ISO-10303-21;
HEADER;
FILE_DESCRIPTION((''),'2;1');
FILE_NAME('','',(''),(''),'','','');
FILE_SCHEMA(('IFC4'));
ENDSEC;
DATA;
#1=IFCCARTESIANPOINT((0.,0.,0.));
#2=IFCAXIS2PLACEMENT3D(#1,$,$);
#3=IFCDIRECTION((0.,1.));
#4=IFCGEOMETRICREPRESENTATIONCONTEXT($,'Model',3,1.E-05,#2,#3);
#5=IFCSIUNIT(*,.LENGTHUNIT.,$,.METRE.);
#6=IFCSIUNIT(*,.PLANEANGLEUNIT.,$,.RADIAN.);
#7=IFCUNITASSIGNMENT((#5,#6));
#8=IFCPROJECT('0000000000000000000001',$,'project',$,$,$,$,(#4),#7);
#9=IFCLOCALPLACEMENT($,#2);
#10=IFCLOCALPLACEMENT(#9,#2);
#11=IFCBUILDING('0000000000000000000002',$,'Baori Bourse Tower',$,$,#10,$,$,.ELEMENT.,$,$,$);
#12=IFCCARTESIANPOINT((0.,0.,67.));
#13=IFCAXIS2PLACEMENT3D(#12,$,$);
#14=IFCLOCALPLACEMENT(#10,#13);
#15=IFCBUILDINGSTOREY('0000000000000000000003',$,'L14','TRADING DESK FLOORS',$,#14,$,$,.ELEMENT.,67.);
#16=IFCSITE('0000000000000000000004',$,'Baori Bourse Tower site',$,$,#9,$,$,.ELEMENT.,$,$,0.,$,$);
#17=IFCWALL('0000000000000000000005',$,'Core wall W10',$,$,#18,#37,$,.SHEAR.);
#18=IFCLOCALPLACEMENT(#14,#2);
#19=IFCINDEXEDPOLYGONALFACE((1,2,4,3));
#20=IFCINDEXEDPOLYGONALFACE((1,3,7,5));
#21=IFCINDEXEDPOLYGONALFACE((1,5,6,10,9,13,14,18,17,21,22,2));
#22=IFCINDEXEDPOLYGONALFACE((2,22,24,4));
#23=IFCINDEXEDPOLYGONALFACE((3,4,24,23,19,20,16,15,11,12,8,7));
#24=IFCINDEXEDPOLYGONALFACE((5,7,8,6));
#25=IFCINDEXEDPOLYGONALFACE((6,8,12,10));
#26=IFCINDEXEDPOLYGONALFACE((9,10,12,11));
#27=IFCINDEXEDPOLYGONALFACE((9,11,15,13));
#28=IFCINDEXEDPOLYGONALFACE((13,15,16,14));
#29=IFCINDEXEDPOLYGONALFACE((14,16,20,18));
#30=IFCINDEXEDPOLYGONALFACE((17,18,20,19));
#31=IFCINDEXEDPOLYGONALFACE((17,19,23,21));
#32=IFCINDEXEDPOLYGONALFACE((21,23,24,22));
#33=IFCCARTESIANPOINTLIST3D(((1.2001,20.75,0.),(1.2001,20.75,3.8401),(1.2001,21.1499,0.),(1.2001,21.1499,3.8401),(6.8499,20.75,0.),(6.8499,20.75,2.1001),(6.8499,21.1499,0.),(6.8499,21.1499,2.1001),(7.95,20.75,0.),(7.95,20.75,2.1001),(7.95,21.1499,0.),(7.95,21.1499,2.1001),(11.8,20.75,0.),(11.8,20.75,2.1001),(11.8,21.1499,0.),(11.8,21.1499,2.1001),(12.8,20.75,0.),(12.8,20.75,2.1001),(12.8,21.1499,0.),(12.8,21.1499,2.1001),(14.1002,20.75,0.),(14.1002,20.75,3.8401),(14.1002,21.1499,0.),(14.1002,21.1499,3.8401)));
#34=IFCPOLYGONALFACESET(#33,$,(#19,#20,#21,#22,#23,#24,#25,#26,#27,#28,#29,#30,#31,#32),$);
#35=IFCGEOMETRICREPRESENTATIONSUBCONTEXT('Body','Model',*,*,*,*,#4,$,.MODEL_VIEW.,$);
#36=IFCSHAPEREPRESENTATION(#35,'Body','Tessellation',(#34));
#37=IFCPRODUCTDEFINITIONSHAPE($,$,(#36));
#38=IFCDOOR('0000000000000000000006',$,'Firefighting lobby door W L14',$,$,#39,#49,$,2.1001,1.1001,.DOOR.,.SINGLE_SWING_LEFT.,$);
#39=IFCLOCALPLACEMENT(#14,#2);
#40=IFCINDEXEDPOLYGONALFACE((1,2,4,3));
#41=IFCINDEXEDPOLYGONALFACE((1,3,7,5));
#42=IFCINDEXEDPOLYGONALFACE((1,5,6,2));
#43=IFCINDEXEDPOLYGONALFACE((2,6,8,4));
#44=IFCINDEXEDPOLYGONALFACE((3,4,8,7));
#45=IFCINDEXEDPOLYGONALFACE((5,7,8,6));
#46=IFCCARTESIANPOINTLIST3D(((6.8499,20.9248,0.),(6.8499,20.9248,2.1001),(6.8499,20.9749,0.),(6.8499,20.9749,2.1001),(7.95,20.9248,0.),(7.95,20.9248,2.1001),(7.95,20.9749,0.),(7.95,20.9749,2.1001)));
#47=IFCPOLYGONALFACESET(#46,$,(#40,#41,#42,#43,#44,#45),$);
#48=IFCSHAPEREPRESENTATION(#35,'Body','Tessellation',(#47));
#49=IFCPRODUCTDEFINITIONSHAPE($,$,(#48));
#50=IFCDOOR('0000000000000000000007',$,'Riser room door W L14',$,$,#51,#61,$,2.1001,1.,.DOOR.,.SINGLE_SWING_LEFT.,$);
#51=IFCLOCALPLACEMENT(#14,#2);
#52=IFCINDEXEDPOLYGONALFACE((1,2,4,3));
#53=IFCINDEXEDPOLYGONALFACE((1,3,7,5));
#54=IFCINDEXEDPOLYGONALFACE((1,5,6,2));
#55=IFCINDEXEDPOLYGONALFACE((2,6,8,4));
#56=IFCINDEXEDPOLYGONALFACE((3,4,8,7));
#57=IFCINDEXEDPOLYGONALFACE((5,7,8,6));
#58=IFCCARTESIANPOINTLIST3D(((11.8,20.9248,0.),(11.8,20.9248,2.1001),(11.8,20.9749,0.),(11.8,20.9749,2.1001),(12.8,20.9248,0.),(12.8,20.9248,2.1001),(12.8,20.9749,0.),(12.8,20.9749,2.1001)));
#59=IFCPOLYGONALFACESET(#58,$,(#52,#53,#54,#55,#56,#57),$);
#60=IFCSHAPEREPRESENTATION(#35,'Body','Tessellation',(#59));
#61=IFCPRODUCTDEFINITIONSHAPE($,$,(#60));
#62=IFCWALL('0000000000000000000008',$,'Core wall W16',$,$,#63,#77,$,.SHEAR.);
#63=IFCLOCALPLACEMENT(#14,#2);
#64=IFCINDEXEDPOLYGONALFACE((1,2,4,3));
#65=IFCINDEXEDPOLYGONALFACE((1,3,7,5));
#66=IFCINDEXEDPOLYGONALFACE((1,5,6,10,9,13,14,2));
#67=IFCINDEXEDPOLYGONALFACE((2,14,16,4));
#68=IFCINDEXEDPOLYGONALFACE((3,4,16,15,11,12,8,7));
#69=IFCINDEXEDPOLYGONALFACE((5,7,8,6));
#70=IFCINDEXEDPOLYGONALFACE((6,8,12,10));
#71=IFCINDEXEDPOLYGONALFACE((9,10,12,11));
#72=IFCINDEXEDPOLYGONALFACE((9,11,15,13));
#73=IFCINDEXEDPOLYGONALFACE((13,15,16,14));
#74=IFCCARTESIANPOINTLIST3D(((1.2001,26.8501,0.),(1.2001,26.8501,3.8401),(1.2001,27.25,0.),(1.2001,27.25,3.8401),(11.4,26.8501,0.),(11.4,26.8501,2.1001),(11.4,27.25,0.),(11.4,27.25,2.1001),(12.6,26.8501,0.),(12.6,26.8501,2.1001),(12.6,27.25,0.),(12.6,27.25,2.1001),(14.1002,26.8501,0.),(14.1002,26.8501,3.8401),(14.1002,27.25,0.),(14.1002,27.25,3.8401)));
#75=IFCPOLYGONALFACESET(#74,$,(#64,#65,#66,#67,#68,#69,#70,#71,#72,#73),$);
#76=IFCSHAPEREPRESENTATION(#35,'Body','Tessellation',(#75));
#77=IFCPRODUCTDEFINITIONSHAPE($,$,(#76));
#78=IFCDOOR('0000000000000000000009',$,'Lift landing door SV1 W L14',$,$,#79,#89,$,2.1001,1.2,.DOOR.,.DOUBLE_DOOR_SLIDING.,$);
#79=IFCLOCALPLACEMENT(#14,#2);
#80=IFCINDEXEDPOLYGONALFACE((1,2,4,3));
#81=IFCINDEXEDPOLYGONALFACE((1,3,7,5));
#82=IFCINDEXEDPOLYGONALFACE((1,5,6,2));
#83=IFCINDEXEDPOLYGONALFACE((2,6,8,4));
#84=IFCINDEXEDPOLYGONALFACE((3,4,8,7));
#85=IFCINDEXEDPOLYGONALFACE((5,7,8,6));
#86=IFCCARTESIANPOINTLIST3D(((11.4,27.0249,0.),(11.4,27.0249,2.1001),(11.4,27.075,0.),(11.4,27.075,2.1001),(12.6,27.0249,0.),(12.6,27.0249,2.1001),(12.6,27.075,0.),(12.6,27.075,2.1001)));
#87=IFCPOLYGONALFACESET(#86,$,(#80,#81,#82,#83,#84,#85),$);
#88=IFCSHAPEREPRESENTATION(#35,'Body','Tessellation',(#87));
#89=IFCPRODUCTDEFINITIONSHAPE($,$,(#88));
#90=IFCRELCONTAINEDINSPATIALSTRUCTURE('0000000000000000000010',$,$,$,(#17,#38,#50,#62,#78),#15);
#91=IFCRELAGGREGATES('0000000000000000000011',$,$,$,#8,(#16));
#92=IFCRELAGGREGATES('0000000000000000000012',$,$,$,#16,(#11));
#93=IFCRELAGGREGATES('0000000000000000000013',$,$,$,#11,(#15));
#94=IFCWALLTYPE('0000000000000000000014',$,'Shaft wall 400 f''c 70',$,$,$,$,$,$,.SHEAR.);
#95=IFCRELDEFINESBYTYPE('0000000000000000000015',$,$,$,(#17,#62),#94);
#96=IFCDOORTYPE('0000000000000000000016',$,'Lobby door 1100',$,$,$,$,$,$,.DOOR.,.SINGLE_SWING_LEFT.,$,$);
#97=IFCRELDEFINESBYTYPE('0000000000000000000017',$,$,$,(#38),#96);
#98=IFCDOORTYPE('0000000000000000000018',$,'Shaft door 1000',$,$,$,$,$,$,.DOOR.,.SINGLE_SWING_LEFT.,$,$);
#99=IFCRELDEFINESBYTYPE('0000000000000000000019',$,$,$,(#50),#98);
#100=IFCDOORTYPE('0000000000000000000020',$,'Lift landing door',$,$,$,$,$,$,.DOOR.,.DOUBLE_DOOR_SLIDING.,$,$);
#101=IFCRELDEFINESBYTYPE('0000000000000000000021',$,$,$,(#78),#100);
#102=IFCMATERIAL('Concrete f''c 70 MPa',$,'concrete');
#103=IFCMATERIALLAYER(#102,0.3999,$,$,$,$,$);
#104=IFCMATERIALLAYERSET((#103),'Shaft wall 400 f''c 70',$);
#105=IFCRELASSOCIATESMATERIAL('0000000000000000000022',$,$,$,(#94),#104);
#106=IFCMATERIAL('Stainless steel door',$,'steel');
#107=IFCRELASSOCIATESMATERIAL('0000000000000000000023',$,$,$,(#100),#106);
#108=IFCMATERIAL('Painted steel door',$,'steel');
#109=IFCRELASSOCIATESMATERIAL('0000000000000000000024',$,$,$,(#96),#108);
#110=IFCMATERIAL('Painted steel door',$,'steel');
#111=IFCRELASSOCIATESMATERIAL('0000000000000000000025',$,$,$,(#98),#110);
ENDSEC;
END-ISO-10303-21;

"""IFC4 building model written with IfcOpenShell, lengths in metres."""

from ifc_helpers import new_model, si_unit, direction, frame, frame_2d, origin, place, context, subcontext, project, spatial, rectangle, extrude, material, layer, layer_set, type_object, element, fill, save


model = new_model("IFC4")

# Units and contexts
model_context = context("Model", 3, precision=1e-05, world=origin(), true_north=direction((0.0, 1.0)))
body_context = subcontext(model_context, "Body", "Model", "MODEL_VIEW")
ifc_project = project(units=[si_unit("LENGTHUNIT", "METRE"), si_unit("PLANEANGLEUNIT", "RADIAN")], contexts=[model_context])

# Site, building, storey
site_placement = place(None, origin())
site = spatial("IfcSite", under=ifc_project, at=site_placement, Name="Baori Bourse Tower site", CompositionType="ELEMENT", RefElevation=0.0)
building_placement = place(site_placement, origin())
building = spatial("IfcBuilding", under=site, at=building_placement, Name="Baori Bourse Tower", CompositionType="ELEMENT")
storey_placement = place(building_placement, frame((0.0, 0.0, 67.0)))
storey = spatial("IfcBuildingStorey", under=building, at=storey_placement, Name="L14", Description="TRADING DESK FLOORS", CompositionType="ELEMENT", Elevation=67.0)

# Shared definitions
ifc_material_1 = material(Name="Concrete f'c 70 MPa", Category="concrete")
ifc_layer_1 = layer(ifc_material_1, 0.3999)
ifc_layer_set_1 = layer_set([ifc_layer_1], Name="Shaft wall 400 f'c 70")
wall_type_1 = type_object("IfcWallType", Name="Shaft wall 400 f'c 70", PredefinedType="SHEAR", material=ifc_layer_set_1)

# Wall, openings, doors
ifc_material_2 = material(Name="Stainless steel door", Category="steel")
door_type_1 = type_object("IfcDoorType", Name="Lift landing door", OperationType="DOUBLE_DOOR_SLIDING", PredefinedType="DOOR", material=ifc_material_2)
wall_1_placement = place(storey_placement, frame((1.2, 20.95, 0.0), z_axis=(0.0, 0.0, 1.0), x_axis=(1.0, 0.0, 0.0)))
wall_1 = element("IfcWall", 1, at=wall_1_placement, inside=storey, type_object=wall_type_1, Name="Core wall W10", PredefinedType="SHEAR", context=body_context, shape_type="SweptSolid", body=[
    extrude(rectangle(XDim=12.9001, YDim=0.3999, at=frame_2d((6.4502, 0.0))), origin(), (0.0, 0.0, 1.0), 3.8401),
])
opening_1_placement = place(wall_1_placement, frame((5.6499, 0.0, 0.0)))
opening_1 = element("IfcOpeningElement", 2, at=opening_1_placement, cuts=wall_1, PredefinedType="OPENING", context=body_context, shape_type="SweptSolid", body=[
    extrude(rectangle(XDim=1.1001, YDim=2.1001, at=frame_2d((0.55, 1.05))), frame((0.0, 0.21, 0.0), z_axis=(0.0, -1.0, 0.0), x_axis=(1.0, 0.0, 0.0)), (0.0, 0.0, 1.0), 0.4199),
])
opening_2_placement = place(wall_1_placement, frame((10.6001, 0.0, 0.0)))
opening_2 = element("IfcOpeningElement", 3, at=opening_2_placement, cuts=wall_1, PredefinedType="OPENING", context=body_context, shape_type="SweptSolid", body=[
    extrude(rectangle(XDim=1.0, YDim=2.1001, at=frame_2d((0.5, 1.05))), frame((0.0, 0.21, 0.0), z_axis=(0.0, -1.0, 0.0), x_axis=(1.0, 0.0, 0.0)), (0.0, 0.0, 1.0), 0.4199),
])
ifc_material_3 = material(Name="Painted steel door", Category="steel")
door_type_2 = type_object("IfcDoorType", Name="Lobby door 1100", OperationType="SINGLE_SWING_LEFT", PredefinedType="DOOR", material=ifc_material_3)
door_1_placement = place(opening_1_placement, origin())
door_1 = element("IfcDoor", 4, at=door_1_placement, inside=storey, type_object=door_type_2, Name="Firefighting lobby door W L14", OperationType="SINGLE_SWING_LEFT", OverallHeight=2.1001, OverallWidth=1.1001, PredefinedType="DOOR", context=body_context, shape_type="SweptSolid", body=[
    extrude(rectangle(XDim=1.1001, YDim=2.1001, at=frame_2d((0.55, 1.05))), frame((0.0, 0.0249, 0.0), z_axis=(0.0, -1.0, 0.0), x_axis=(1.0, 0.0, 0.0)), (0.0, 0.0, 1.0), 0.05),
])
fill(opening_1, door_1)
ifc_material_4 = material(Name="Painted steel door", Category="steel")
door_type_3 = type_object("IfcDoorType", Name="Shaft door 1000", OperationType="SINGLE_SWING_LEFT", PredefinedType="DOOR", material=ifc_material_4)
door_2_placement = place(opening_2_placement, origin())
door_2 = element("IfcDoor", 5, at=door_2_placement, inside=storey, type_object=door_type_3, Name="Riser room door W L14", OperationType="SINGLE_SWING_LEFT", OverallHeight=2.1001, OverallWidth=1.0, PredefinedType="DOOR", context=body_context, shape_type="SweptSolid", body=[
    extrude(rectangle(XDim=1.0, YDim=2.1001, at=frame_2d((0.5, 1.05))), frame((0.0, 0.0249, 0.0), z_axis=(0.0, -1.0, 0.0), x_axis=(1.0, 0.0, 0.0)), (0.0, 0.0, 1.0), 0.05),
])
fill(opening_2, door_2)

# Wall, opening, door
wall_2_placement = place(storey_placement, frame((1.2, 27.05, 0.0), z_axis=(0.0, 0.0, 1.0), x_axis=(1.0, 0.0, 0.0)))
wall_2 = element("IfcWall", 6, at=wall_2_placement, inside=storey, type_object=wall_type_1, Name="Core wall W16", PredefinedType="SHEAR", context=body_context, shape_type="SweptSolid", body=[
    extrude(rectangle(XDim=12.9001, YDim=0.3999, at=frame_2d((6.4502, 0.0))), origin(), (0.0, 0.0, 1.0), 3.8401),
])
opening_3_placement = place(wall_2_placement, frame((10.2, 0.0, 0.0)))
opening_3 = element("IfcOpeningElement", 7, at=opening_3_placement, cuts=wall_2, PredefinedType="OPENING", context=body_context, shape_type="SweptSolid", body=[
    extrude(rectangle(XDim=1.2, YDim=2.1001, at=frame_2d((0.6001, 1.05))), frame((0.0, 0.21, 0.0), z_axis=(0.0, -1.0, 0.0), x_axis=(1.0, 0.0, 0.0)), (0.0, 0.0, 1.0), 0.4199),
])
door_3_placement = place(opening_3_placement, origin())
door_3 = element("IfcDoor", 8, at=door_3_placement, inside=storey, type_object=door_type_1, Name="Lift landing door SV1 W L14", OperationType="DOUBLE_DOOR_SLIDING", OverallHeight=2.1001, OverallWidth=1.2, PredefinedType="DOOR", context=body_context, shape_type="SweptSolid", body=[
    extrude(rectangle(XDim=1.2, YDim=2.1001, at=frame_2d((0.6001, 1.05))), frame((0.0, 0.0249, 0.0), z_axis=(0.0, -1.0, 0.0), x_axis=(1.0, 0.0, 0.0)), (0.0, 0.0, 1.0), 0.05),
])
fill(opening_3, door_3)

save(model, "model.ifc")
